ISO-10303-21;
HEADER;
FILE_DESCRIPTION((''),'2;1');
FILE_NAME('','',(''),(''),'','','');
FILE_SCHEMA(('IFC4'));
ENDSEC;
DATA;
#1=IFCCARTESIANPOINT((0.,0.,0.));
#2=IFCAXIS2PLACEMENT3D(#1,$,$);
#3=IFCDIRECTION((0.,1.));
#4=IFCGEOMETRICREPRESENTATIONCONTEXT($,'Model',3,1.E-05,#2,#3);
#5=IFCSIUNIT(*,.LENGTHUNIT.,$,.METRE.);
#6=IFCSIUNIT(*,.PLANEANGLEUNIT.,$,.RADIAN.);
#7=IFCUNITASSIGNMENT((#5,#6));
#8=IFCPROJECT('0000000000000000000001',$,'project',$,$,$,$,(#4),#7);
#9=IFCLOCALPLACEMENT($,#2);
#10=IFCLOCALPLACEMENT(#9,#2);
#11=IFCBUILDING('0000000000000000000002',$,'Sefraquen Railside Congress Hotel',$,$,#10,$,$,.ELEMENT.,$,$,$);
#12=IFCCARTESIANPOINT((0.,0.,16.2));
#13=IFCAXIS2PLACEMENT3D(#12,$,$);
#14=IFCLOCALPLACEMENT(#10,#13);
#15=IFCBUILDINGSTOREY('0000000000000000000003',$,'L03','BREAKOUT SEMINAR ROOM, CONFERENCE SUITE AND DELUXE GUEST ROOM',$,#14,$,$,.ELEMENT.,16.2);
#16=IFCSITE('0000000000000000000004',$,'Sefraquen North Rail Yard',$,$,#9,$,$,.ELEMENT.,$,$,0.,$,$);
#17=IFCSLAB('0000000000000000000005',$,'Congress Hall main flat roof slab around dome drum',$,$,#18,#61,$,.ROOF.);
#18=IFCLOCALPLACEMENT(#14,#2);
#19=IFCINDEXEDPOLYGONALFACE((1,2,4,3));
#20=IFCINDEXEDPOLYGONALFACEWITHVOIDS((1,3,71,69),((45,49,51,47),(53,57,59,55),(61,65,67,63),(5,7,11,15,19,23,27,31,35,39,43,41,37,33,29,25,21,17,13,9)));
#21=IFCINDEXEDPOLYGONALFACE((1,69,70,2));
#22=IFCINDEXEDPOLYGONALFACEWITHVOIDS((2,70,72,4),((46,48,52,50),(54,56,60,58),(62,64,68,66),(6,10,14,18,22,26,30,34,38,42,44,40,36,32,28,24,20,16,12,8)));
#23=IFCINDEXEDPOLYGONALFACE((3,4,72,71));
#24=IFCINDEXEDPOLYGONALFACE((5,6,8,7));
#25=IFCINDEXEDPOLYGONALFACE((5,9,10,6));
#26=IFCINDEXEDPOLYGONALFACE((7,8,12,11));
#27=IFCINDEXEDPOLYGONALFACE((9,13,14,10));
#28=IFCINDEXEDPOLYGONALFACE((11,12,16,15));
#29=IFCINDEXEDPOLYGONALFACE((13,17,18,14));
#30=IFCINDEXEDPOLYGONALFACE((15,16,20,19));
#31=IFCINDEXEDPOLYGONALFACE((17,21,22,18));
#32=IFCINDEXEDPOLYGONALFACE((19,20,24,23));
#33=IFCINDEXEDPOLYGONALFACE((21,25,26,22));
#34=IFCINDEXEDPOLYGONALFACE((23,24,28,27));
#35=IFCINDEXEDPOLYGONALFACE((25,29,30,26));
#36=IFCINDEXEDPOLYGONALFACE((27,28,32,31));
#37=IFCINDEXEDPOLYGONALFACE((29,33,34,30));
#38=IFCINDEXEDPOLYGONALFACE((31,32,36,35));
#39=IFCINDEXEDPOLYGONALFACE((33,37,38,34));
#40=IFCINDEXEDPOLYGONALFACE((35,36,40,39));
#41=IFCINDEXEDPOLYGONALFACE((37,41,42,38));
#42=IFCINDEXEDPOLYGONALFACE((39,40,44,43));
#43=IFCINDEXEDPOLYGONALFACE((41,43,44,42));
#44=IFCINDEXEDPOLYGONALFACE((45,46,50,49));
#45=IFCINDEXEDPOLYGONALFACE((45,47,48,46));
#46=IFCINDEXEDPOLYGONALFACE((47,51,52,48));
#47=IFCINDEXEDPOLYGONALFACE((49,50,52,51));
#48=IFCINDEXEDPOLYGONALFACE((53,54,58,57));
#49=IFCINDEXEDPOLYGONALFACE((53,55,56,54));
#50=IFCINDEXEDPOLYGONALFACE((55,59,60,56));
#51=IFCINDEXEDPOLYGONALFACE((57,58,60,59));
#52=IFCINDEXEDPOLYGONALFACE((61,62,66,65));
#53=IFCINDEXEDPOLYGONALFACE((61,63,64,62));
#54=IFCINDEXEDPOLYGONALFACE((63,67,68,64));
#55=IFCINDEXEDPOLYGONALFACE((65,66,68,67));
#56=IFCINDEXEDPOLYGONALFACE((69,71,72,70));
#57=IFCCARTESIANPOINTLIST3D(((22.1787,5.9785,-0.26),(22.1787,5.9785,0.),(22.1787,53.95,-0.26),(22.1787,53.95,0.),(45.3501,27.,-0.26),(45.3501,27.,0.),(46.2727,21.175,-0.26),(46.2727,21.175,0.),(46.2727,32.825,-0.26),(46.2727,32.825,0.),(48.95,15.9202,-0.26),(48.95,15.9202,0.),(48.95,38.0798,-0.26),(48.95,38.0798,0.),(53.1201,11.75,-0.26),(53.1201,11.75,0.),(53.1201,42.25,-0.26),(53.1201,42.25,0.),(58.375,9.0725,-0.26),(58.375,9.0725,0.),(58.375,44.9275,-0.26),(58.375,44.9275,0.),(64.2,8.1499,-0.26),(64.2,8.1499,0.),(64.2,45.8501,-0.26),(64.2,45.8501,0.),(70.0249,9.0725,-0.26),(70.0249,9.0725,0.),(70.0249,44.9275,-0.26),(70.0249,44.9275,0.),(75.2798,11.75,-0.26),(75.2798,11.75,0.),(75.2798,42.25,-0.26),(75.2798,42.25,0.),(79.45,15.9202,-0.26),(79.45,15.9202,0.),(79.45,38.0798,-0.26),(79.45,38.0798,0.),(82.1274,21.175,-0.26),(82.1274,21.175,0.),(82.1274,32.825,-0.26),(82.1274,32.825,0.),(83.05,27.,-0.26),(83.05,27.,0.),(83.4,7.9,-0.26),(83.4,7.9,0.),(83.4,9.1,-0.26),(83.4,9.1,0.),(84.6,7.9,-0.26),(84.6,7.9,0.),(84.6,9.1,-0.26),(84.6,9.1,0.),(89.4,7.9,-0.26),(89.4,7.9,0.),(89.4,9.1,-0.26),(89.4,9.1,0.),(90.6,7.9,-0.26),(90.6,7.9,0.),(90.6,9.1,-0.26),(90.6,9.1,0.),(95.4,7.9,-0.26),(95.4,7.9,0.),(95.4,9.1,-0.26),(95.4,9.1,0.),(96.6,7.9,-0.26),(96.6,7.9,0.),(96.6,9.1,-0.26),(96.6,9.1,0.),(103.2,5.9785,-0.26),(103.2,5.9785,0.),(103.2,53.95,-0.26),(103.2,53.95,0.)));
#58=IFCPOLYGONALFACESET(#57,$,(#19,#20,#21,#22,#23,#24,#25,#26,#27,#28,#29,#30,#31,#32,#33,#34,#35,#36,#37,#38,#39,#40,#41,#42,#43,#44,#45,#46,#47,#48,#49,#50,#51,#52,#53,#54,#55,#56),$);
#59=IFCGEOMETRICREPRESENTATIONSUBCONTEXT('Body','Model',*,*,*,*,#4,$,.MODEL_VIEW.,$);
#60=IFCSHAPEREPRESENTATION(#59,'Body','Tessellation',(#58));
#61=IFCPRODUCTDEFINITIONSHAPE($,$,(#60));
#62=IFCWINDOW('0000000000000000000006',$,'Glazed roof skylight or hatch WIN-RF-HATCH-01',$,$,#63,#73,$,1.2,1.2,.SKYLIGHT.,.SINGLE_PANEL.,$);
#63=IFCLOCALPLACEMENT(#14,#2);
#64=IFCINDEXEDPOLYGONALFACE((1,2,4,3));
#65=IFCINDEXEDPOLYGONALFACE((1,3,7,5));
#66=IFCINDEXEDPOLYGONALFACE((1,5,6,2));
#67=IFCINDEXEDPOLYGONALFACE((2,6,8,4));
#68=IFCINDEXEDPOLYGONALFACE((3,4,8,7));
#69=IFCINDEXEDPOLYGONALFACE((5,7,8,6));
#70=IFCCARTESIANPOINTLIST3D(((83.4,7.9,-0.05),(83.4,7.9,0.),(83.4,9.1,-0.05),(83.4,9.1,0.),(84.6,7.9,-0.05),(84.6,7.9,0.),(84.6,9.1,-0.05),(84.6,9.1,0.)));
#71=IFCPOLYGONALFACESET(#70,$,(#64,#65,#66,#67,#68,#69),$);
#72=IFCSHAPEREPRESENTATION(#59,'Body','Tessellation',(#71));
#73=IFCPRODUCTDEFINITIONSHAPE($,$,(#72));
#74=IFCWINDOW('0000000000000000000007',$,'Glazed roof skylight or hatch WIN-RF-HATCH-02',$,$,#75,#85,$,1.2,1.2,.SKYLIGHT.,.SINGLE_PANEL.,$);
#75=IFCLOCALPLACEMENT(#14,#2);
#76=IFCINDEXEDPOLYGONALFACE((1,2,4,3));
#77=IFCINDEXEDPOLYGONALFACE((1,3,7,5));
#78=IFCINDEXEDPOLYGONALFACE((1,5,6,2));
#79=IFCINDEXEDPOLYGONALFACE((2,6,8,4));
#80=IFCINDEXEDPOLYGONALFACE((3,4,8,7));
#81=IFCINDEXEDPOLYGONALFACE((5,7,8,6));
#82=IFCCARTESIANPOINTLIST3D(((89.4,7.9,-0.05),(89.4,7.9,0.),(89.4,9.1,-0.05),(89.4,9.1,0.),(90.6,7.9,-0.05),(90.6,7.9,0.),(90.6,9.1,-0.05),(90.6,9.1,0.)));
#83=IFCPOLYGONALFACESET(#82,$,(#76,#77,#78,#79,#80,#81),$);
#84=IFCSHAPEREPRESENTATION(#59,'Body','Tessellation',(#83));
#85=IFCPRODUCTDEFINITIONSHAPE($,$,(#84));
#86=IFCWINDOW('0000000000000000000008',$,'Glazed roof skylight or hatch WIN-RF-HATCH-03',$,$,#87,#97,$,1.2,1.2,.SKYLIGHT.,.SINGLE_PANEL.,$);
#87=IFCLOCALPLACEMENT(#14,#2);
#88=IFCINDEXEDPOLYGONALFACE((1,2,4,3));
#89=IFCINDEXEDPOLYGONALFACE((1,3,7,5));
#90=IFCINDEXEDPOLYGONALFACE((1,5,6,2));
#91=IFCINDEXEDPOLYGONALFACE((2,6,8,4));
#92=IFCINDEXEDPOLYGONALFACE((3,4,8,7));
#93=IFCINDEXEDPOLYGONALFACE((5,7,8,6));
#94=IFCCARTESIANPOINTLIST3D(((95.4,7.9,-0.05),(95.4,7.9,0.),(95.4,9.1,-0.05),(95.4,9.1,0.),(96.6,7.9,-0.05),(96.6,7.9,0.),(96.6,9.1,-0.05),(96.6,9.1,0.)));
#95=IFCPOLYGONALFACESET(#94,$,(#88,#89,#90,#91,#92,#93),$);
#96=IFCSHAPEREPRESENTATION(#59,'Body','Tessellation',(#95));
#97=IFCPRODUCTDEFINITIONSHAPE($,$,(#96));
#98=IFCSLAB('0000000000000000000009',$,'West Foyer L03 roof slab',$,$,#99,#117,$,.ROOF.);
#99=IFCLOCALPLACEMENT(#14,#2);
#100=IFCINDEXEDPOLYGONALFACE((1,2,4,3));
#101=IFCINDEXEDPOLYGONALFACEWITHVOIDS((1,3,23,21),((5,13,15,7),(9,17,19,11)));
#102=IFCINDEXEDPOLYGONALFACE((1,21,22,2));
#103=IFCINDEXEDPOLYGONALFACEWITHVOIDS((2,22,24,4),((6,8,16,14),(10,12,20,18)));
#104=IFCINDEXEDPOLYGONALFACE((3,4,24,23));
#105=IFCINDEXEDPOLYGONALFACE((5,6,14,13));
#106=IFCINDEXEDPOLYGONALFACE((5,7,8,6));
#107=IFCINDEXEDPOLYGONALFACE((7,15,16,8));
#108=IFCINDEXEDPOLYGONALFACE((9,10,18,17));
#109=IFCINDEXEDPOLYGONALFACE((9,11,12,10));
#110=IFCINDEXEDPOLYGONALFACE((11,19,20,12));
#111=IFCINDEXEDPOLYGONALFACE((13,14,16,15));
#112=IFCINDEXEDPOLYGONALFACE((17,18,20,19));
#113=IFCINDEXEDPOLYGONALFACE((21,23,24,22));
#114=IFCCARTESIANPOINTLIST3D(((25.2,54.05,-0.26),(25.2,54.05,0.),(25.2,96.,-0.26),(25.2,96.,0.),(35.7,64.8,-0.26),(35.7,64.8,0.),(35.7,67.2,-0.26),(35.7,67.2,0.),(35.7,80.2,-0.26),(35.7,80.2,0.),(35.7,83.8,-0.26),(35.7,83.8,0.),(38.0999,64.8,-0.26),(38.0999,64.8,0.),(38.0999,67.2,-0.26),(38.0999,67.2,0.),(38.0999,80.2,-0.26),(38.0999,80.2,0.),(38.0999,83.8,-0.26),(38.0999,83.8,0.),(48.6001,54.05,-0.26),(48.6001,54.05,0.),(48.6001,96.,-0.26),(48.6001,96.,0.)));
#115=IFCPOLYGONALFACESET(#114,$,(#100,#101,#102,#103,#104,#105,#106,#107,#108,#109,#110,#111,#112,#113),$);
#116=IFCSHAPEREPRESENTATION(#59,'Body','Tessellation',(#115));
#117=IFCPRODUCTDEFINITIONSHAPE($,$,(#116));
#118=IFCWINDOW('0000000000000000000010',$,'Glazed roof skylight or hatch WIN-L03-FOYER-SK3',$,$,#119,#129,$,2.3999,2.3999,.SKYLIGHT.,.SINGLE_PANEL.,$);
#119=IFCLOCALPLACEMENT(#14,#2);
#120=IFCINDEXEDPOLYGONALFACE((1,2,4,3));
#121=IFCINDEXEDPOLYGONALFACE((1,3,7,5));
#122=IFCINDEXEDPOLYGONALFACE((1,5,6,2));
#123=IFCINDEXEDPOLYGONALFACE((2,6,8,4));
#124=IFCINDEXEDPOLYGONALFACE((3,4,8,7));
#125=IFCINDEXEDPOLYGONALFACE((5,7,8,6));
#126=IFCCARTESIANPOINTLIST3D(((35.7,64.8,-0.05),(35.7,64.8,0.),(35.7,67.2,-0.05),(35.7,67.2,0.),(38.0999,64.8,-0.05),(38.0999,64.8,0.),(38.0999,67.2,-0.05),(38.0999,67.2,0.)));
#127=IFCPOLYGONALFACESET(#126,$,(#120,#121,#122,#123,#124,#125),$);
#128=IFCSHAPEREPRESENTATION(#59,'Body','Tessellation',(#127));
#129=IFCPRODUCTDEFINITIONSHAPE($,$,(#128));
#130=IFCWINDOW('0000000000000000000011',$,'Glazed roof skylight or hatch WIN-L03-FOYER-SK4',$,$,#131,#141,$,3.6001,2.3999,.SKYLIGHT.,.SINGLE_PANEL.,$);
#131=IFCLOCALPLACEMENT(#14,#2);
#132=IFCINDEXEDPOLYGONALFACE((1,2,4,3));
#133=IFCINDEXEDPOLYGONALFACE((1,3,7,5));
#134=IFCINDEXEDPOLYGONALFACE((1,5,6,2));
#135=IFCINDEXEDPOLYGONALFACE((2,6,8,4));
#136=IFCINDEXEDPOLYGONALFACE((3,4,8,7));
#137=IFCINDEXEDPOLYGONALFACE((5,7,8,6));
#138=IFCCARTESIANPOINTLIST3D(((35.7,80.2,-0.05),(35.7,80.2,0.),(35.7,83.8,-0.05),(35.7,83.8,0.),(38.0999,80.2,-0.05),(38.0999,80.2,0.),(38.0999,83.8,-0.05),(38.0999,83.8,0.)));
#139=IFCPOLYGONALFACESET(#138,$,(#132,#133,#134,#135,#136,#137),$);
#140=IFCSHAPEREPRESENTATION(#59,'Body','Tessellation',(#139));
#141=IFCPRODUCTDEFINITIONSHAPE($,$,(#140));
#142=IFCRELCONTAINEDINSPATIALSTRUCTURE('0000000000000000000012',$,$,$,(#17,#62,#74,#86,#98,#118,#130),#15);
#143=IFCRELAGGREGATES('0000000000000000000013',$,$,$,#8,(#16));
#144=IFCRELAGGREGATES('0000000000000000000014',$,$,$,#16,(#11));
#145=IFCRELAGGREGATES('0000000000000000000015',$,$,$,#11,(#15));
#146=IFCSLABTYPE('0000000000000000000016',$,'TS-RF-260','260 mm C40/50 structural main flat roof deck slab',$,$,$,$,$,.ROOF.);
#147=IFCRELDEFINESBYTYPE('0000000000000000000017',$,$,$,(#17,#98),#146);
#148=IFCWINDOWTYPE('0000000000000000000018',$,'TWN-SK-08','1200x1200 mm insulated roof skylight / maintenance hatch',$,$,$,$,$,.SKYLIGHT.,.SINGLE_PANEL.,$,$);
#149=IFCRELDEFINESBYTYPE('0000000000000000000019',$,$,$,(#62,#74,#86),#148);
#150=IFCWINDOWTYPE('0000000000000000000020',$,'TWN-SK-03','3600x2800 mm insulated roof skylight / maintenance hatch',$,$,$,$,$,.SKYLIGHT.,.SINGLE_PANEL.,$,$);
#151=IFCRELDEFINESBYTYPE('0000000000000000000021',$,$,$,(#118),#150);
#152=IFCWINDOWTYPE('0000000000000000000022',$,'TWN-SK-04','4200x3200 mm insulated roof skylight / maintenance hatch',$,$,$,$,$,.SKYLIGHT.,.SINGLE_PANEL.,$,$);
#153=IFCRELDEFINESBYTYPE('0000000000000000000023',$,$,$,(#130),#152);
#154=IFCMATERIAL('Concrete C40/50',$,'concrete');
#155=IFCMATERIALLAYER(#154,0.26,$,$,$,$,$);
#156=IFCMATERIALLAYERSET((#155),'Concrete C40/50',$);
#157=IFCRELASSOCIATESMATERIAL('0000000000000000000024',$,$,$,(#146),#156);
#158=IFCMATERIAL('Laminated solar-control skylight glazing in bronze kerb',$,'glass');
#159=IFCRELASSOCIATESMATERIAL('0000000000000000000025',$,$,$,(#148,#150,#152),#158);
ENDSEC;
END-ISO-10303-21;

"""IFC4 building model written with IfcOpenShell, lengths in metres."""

from ifc_helpers import new_model, si_unit, direction, frame, origin, origin_2d, place, context, subcontext, project, spatial, polyline, rectangle, outline, extrude, material, layer, layer_set, type_object, element, fill, save


model = new_model("IFC4")

# Units and contexts
model_context = context("Model", 3, precision=1e-05, world=origin(), true_north=direction((0.0, 1.0)))
body_context = subcontext(model_context, "Body", "Model", "MODEL_VIEW")
ifc_project = project(units=[si_unit("LENGTHUNIT", "METRE"), si_unit("PLANEANGLEUNIT", "RADIAN")], contexts=[model_context])

# Site, building, storey
site_placement = place(None, origin())
site = spatial("IfcSite", under=ifc_project, at=site_placement, Name="Sefraquen North Rail Yard", CompositionType="ELEMENT", RefElevation=0.0)
building_placement = place(site_placement, origin())
building = spatial("IfcBuilding", under=site, at=building_placement, Name="Sefraquen Railside Congress Hotel", CompositionType="ELEMENT")
storey_placement = place(building_placement, frame((0.0, 0.0, 16.2)))
storey = spatial("IfcBuildingStorey", under=building, at=storey_placement, Name="L03", Description="BREAKOUT SEMINAR ROOM, CONFERENCE SUITE AND DELUXE GUEST ROOM", CompositionType="ELEMENT", Elevation=16.2)

# Shared definitions
ifc_material_1 = material(Name="Concrete C40/50", Category="concrete")

# Slabs, openings, windows
ifc_layer_1 = layer(ifc_material_1, 0.26)
ifc_layer_set_1 = layer_set([ifc_layer_1], Name="Concrete C40/50")
slab_type_1 = type_object("IfcSlabType", Name="TS-RF-260", Description="260 mm C40/50 structural main flat roof deck slab", PredefinedType="ROOF", material=ifc_layer_set_1)
slab_1_placement = place(storey_placement, frame((0.0, 0.0, -0.26)))
slab_1 = element("IfcSlab", 1, at=slab_1_placement, inside=storey, type_object=slab_type_1, Name="Congress Hall main flat roof slab around dome drum", PredefinedType="ROOF", context=body_context, shape_type="SweptSolid", body=[
    extrude(outline(polyline([(22.1787, 5.9785), (103.2, 5.9785), (103.2, 53.95), (22.1787, 53.95), (22.1787, 5.9785)]), holes=[polyline([(83.05, 27.0), (82.1274, 32.825), (79.45, 38.0798), (75.2798, 42.25), (70.0249, 44.9275), (64.2, 45.8501), (58.375, 44.9275), (53.1201, 42.25), (48.95, 38.0798), (46.2727, 32.825), (45.3501, 27.0), (46.2727, 21.175), (48.95, 15.9202), (53.1201, 11.75), (58.375, 9.0725), (64.2, 8.1499), (70.0249, 9.0725), (75.2798, 11.75), (79.45, 15.9202), (82.1274, 21.175), (83.05, 27.0)])]), origin(), (0.0, 0.0, 1.0), 0.26),
])
opening_1_placement = place(slab_1_placement, frame((84.0, 8.5, -0.01)))
opening_1 = element("IfcOpeningElement", 2, at=opening_1_placement, cuts=slab_1, PredefinedType="OPENING", context=body_context, shape_type="SweptSolid", body=[
    extrude(rectangle(XDim=1.2, YDim=1.2, at=origin_2d()), origin(), (0.0, 0.0, 1.0), 0.28),
])
opening_2_placement = place(slab_1_placement, frame((90.0, 8.5, -0.01)))
opening_2 = element("IfcOpeningElement", 3, at=opening_2_placement, cuts=slab_1, PredefinedType="OPENING", context=body_context, shape_type="SweptSolid", body=[
    extrude(rectangle(XDim=1.2, YDim=1.2, at=origin_2d()), origin(), (0.0, 0.0, 1.0), 0.28),
])
opening_3_placement = place(slab_1_placement, frame((96.0, 8.5, -0.01)))
opening_3 = element("IfcOpeningElement", 4, at=opening_3_placement, cuts=slab_1, PredefinedType="OPENING", context=body_context, shape_type="SweptSolid", body=[
    extrude(rectangle(XDim=1.2, YDim=1.2, at=origin_2d()), origin(), (0.0, 0.0, 1.0), 0.28),
])
ifc_material_2 = material(Name="Laminated solar-control skylight glazing in bronze kerb", Category="glass")
window_type_1 = type_object("IfcWindowType", Name="TWN-SK-08", Description="1200x1200 mm insulated roof skylight / maintenance hatch", PartitioningType="SINGLE_PANEL", PredefinedType="SKYLIGHT", material=ifc_material_2)
window_1_placement = place(opening_1_placement, frame((0.0, 0.0, 0.22)))
window_1 = element("IfcWindow", 5, at=window_1_placement, inside=storey, type_object=window_type_1, Name="Glazed roof skylight or hatch WIN-RF-HATCH-01", OverallHeight=1.2, OverallWidth=1.2, PartitioningType="SINGLE_PANEL", PredefinedType="SKYLIGHT", context=body_context, shape_type="SweptSolid", body=[
    extrude(rectangle(XDim=1.2, YDim=1.2, at=origin_2d()), origin(), (0.0, 0.0, 1.0), 0.05),
])
fill(opening_1, window_1)
window_2_placement = place(opening_2_placement, frame((0.0, 0.0, 0.22)))
window_2 = element("IfcWindow", 6, at=window_2_placement, inside=storey, type_object=window_type_1, Name="Glazed roof skylight or hatch WIN-RF-HATCH-02", OverallHeight=1.2, OverallWidth=1.2, PartitioningType="SINGLE_PANEL", PredefinedType="SKYLIGHT", context=body_context, shape_type="SweptSolid", body=[
    extrude(rectangle(XDim=1.2, YDim=1.2, at=origin_2d()), origin(), (0.0, 0.0, 1.0), 0.05),
])
fill(opening_2, window_2)
window_3_placement = place(opening_3_placement, frame((0.0, 0.0, 0.22)))
window_3 = element("IfcWindow", 7, at=window_3_placement, inside=storey, type_object=window_type_1, Name="Glazed roof skylight or hatch WIN-RF-HATCH-03", OverallHeight=1.2, OverallWidth=1.2, PartitioningType="SINGLE_PANEL", PredefinedType="SKYLIGHT", context=body_context, shape_type="SweptSolid", body=[
    extrude(rectangle(XDim=1.2, YDim=1.2, at=origin_2d()), origin(), (0.0, 0.0, 1.0), 0.05),
])
fill(opening_3, window_3)
slab_2_placement = place(storey_placement, frame((0.0, 0.0, -0.26)))
slab_2 = element("IfcSlab", 8, at=slab_2_placement, inside=storey, type_object=slab_type_1, Name="West Foyer L03 roof slab", PredefinedType="ROOF", context=body_context, shape_type="SweptSolid", body=[
    extrude(outline(polyline([(25.2, 54.05), (48.6001, 54.05), (48.6001, 96.0), (25.2, 96.0), (25.2, 54.05)])), origin(), (0.0, 0.0, 1.0), 0.26),
])
opening_4_placement = place(slab_2_placement, frame((36.8999, 66.0, -0.01)))
opening_4 = element("IfcOpeningElement", 9, at=opening_4_placement, cuts=slab_2, PredefinedType="OPENING", context=body_context, shape_type="SweptSolid", body=[
    extrude(rectangle(XDim=2.3999, YDim=2.3999, at=origin_2d()), origin(), (0.0, 0.0, 1.0), 0.28),
])
opening_5_placement = place(slab_2_placement, frame((36.8999, 82.0, -0.01)))
opening_5 = element("IfcOpeningElement", 10, at=opening_5_placement, cuts=slab_2, PredefinedType="OPENING", context=body_context, shape_type="SweptSolid", body=[
    extrude(rectangle(XDim=2.3999, YDim=3.6001, at=origin_2d()), origin(), (0.0, 0.0, 1.0), 0.28),
])
window_type_2 = type_object("IfcWindowType", Name="TWN-SK-03", Description="3600x2800 mm insulated roof skylight / maintenance hatch", PartitioningType="SINGLE_PANEL", PredefinedType="SKYLIGHT", material=ifc_material_2)
window_4_placement = place(opening_4_placement, frame((0.0, 0.0, 0.22)))
window_4 = element("IfcWindow", 11, at=window_4_placement, inside=storey, type_object=window_type_2, Name="Glazed roof skylight or hatch WIN-L03-FOYER-SK3", OverallHeight=2.3999, OverallWidth=2.3999, PartitioningType="SINGLE_PANEL", PredefinedType="SKYLIGHT", context=body_context, shape_type="SweptSolid", body=[
    extrude(rectangle(XDim=2.3999, YDim=2.3999, at=origin_2d()), origin(), (0.0, 0.0, 1.0), 0.05),
])
fill(opening_4, window_4)
window_type_3 = type_object("IfcWindowType", Name="TWN-SK-04", Description="4200x3200 mm insulated roof skylight / maintenance hatch", PartitioningType="SINGLE_PANEL", PredefinedType="SKYLIGHT", material=ifc_material_2)
window_5_placement = place(opening_5_placement, frame((0.0, 0.0, 0.22)))
window_5 = element("IfcWindow", 12, at=window_5_placement, inside=storey, type_object=window_type_3, Name="Glazed roof skylight or hatch WIN-L03-FOYER-SK4", OverallHeight=3.6001, OverallWidth=2.3999, PartitioningType="SINGLE_PANEL", PredefinedType="SKYLIGHT", context=body_context, shape_type="SweptSolid", body=[
    extrude(rectangle(XDim=2.3999, YDim=3.6001, at=origin_2d()), origin(), (0.0, 0.0, 1.0), 0.05),
])
fill(opening_5, window_5)

save(model, "model.ifc")
